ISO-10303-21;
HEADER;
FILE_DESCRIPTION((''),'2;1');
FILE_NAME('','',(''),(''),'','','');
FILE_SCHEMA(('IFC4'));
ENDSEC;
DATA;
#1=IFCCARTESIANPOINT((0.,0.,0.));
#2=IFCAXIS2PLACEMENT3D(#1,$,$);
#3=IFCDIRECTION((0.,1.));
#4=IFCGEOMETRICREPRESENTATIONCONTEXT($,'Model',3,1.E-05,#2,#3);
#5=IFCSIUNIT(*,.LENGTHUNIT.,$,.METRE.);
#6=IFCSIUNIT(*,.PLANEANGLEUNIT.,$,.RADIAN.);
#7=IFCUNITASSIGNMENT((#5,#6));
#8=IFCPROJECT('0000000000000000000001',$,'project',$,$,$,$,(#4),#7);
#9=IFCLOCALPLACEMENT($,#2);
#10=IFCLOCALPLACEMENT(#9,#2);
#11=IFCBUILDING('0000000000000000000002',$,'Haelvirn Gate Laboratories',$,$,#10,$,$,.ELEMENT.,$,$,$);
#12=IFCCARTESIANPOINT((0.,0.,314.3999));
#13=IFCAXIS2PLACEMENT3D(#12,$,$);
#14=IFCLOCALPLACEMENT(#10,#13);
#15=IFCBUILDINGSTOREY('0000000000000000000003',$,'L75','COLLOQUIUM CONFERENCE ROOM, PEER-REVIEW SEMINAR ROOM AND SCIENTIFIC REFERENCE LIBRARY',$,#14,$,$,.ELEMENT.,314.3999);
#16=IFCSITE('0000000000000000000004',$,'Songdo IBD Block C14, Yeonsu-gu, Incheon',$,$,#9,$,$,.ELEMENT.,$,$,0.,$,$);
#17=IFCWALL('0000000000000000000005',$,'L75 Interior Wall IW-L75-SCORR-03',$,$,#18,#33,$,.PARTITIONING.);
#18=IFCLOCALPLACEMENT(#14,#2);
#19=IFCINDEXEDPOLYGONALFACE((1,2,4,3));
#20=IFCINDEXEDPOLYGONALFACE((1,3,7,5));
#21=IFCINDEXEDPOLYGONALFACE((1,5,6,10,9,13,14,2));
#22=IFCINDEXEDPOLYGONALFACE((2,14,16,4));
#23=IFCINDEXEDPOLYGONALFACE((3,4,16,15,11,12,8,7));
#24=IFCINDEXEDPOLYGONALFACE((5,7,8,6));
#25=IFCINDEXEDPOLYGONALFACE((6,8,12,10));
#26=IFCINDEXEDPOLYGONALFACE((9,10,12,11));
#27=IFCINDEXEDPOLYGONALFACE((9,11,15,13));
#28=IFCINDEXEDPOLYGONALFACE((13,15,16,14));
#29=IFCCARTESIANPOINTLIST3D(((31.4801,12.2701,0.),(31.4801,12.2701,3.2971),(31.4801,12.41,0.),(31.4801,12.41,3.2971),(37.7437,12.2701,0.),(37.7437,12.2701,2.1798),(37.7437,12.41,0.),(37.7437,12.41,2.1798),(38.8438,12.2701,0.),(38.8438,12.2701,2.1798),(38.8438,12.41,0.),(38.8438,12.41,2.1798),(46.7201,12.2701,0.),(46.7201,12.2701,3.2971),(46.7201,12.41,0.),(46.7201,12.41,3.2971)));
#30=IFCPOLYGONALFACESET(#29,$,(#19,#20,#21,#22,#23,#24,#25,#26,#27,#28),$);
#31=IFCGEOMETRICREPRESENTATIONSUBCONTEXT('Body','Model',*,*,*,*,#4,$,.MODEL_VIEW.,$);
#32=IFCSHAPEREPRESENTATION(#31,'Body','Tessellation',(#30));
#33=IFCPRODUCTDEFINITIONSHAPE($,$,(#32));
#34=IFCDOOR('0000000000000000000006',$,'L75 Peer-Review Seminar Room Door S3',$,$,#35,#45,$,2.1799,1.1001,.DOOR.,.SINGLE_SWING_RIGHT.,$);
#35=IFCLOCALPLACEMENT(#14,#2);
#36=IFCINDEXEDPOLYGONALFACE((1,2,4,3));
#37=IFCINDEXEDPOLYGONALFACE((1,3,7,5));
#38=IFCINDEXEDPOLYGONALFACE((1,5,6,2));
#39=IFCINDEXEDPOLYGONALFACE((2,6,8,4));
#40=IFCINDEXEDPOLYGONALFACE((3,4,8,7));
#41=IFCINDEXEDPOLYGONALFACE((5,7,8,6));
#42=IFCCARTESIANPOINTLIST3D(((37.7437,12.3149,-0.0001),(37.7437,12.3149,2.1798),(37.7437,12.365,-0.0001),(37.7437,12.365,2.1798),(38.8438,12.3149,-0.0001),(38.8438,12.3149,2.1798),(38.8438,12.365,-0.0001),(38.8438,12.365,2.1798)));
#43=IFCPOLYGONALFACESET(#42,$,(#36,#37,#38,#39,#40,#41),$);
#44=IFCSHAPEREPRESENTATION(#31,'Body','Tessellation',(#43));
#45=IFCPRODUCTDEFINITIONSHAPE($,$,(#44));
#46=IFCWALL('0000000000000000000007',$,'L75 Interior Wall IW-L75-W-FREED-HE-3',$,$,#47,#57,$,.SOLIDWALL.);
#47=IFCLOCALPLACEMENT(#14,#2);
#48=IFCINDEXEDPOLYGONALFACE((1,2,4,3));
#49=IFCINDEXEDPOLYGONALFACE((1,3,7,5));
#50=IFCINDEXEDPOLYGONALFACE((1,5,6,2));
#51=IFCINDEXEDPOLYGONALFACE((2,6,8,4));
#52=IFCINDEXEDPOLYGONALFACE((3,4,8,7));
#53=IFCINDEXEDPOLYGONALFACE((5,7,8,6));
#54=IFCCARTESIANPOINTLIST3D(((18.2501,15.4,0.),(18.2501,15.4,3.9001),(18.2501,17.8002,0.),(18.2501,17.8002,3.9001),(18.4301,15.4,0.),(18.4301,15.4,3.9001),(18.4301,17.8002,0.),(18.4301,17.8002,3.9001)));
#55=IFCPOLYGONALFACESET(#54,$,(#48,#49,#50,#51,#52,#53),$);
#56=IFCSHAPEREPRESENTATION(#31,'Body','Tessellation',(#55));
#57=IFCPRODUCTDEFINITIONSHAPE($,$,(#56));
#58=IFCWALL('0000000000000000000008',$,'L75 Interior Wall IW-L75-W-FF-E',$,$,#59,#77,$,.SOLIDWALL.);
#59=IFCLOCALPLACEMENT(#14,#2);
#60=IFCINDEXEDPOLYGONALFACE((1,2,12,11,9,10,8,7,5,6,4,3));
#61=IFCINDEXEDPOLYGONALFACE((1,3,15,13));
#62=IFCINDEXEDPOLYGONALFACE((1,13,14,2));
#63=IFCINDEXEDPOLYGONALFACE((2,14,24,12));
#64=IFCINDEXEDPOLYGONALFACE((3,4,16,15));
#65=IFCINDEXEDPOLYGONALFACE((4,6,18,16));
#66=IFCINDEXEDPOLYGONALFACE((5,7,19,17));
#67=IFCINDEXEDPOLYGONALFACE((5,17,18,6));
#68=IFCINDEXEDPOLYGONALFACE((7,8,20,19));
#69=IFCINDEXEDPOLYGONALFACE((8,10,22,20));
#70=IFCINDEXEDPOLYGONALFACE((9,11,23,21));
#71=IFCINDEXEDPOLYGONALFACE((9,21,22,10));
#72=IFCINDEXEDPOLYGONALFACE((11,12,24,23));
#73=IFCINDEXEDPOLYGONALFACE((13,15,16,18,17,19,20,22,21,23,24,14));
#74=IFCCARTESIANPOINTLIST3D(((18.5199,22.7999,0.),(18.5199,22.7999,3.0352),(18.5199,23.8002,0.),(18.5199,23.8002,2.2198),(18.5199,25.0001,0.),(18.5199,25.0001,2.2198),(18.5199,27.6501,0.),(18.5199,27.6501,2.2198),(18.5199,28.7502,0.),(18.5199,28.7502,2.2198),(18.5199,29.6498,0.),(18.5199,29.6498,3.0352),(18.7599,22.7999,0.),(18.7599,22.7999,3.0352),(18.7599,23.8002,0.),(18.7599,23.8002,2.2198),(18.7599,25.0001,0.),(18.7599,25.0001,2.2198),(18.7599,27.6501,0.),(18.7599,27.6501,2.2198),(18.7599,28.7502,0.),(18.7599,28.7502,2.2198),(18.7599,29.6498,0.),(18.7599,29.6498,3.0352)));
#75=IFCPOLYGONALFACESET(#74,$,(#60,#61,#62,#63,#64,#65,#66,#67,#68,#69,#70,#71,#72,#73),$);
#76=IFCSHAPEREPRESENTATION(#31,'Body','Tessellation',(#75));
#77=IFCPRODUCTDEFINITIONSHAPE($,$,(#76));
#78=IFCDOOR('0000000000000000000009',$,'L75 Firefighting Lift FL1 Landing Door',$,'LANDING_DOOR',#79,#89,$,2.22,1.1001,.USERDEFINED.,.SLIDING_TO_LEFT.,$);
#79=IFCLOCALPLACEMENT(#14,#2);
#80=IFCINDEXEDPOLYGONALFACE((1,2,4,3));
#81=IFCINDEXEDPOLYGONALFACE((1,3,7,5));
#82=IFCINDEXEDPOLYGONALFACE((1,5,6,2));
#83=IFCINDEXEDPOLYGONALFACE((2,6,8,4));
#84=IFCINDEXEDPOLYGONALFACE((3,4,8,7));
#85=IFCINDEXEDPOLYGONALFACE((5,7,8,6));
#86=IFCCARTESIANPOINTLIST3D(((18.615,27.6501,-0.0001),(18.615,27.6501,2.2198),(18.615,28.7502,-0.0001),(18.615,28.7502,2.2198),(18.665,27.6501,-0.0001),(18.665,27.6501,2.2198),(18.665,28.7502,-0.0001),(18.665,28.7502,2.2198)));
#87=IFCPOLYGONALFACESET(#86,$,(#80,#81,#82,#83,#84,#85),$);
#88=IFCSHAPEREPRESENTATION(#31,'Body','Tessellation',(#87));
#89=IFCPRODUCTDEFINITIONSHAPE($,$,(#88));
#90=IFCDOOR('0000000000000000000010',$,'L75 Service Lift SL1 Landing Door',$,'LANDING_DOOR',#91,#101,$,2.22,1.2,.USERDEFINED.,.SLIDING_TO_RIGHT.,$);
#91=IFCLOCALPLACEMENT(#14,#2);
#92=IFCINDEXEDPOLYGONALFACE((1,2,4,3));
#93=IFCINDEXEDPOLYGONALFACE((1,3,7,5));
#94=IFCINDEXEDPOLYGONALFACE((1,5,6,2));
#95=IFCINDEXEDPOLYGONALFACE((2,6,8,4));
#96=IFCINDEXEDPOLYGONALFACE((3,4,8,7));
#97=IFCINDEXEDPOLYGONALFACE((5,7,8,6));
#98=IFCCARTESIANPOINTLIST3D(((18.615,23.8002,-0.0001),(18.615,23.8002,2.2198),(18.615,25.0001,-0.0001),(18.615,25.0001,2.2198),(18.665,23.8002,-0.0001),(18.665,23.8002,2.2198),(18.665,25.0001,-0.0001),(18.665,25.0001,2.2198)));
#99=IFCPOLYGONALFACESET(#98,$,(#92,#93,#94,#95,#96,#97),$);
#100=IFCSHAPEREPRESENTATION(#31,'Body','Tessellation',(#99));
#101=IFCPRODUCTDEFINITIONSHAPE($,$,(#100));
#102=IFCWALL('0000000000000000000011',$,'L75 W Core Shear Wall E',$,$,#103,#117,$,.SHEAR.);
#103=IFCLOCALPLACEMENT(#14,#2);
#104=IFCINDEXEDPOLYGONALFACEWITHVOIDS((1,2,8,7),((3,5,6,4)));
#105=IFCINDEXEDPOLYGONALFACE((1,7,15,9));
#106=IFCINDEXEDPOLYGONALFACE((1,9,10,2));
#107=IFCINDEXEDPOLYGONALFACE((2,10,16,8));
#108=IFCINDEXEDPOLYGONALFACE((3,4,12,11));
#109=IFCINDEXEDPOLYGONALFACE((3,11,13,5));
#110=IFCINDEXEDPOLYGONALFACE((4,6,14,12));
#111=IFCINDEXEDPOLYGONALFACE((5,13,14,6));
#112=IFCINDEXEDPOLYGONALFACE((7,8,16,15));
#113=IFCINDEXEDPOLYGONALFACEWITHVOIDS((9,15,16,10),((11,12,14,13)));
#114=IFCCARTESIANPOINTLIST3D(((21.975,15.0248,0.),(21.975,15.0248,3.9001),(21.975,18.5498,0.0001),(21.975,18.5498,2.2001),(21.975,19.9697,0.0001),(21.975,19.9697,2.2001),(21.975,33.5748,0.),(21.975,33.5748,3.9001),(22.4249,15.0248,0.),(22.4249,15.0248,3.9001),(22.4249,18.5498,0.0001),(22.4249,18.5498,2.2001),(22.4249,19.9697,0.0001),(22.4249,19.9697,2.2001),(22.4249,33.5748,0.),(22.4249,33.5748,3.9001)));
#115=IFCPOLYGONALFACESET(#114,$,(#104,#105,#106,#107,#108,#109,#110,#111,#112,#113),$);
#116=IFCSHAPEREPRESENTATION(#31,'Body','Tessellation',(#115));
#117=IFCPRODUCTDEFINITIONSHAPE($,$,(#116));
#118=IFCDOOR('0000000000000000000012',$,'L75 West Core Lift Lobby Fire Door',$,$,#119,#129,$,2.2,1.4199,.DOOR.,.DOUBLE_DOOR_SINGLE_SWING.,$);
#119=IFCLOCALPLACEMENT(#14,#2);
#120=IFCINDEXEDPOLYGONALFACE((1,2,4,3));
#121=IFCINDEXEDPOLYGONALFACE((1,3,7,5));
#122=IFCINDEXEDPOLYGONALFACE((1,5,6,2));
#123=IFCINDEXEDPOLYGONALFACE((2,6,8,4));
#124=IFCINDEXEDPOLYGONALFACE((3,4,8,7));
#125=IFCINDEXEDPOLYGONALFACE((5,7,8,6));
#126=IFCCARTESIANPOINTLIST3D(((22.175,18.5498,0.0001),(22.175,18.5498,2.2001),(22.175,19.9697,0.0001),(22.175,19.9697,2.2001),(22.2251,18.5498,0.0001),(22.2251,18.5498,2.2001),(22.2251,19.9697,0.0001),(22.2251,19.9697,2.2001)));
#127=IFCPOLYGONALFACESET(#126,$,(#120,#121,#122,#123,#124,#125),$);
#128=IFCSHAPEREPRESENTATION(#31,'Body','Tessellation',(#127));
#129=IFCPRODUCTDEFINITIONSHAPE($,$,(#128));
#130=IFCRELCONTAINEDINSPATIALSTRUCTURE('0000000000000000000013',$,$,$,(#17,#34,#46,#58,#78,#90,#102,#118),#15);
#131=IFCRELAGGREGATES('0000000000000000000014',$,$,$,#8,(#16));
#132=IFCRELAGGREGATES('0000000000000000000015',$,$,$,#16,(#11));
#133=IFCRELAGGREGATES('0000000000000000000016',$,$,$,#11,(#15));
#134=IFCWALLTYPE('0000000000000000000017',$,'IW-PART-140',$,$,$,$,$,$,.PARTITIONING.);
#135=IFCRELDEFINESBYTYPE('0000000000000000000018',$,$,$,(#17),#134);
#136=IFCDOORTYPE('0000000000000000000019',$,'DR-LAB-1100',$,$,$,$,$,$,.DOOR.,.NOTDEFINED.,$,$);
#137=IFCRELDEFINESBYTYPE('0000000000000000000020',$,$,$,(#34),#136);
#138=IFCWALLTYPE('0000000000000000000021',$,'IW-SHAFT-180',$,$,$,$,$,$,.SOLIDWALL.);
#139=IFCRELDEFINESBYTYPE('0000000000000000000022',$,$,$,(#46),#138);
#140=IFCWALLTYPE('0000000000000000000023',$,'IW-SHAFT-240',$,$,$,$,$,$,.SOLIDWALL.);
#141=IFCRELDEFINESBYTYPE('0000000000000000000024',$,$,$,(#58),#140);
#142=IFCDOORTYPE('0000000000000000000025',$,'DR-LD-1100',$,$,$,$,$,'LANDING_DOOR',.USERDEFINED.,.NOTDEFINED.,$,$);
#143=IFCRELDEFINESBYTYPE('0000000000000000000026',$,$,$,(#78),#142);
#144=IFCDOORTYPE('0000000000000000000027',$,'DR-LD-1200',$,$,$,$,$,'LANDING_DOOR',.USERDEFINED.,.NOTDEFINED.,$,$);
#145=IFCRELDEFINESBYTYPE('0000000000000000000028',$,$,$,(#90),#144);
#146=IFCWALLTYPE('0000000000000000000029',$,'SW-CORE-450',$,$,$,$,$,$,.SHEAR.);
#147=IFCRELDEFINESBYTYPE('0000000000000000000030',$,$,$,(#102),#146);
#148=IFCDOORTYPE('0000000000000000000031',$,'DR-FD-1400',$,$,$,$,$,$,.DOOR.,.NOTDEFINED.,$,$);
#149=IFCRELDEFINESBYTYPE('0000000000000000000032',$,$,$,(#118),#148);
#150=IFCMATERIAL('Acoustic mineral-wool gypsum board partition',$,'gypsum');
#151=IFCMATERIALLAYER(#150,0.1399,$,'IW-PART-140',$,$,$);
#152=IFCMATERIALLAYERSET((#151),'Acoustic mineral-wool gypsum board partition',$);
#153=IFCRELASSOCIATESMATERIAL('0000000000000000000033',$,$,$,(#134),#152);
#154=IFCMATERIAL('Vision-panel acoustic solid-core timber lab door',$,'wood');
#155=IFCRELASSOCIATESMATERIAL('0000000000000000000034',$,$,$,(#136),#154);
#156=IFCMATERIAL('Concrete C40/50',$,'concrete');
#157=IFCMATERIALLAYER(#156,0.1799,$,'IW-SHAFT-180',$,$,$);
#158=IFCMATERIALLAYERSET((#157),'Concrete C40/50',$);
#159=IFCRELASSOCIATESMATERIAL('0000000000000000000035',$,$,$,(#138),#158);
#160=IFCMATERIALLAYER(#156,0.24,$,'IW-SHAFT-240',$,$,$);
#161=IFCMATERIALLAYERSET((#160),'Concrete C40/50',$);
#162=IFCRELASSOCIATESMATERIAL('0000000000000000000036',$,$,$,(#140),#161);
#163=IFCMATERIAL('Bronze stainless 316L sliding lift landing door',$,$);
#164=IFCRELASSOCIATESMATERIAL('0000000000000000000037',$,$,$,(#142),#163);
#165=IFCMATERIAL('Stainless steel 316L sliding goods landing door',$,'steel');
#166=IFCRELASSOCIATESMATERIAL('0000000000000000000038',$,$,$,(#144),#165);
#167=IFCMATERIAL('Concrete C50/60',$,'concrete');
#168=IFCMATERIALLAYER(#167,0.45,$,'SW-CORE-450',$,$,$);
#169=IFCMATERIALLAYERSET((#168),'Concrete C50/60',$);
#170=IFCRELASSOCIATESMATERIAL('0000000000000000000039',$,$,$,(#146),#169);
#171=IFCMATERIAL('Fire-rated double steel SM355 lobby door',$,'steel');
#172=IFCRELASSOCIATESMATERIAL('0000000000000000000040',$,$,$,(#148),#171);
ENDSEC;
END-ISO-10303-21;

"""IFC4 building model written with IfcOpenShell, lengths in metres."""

from ifc_helpers import new_model, si_unit, direction, frame, frame_2d, origin, place, context, subcontext, project, spatial, rectangle, extrude, source, transform, mapped, material, layer, layer_set, type_object, type_shapes, element, fill, save


model = new_model("IFC4")

# Units and contexts
model_context = context("Model", 3, precision=1e-05, world=origin(), true_north=direction((0.0, 1.0)))
body_context = subcontext(model_context, "Body", "Model", "MODEL_VIEW")
ifc_project = project(units=[si_unit("LENGTHUNIT", "METRE"), si_unit("PLANEANGLEUNIT", "RADIAN")], contexts=[model_context])

# Site, building, storey
site_placement = place(None, origin())
site = spatial("IfcSite", under=ifc_project, at=site_placement, Name="Songdo IBD Block C14, Yeonsu-gu, Incheon", CompositionType="ELEMENT", RefElevation=0.0)
building_placement = place(site_placement, origin())
building = spatial("IfcBuilding", under=site, at=building_placement, Name="Haelvirn Gate Laboratories", CompositionType="ELEMENT")
storey_placement = place(building_placement, frame((0.0, 0.0, 314.3999)))
storey = spatial("IfcBuildingStorey", under=building, at=storey_placement, Name="L75", Description="COLLOQUIUM CONFERENCE ROOM, PEER-REVIEW SEMINAR ROOM AND SCIENTIFIC REFERENCE LIBRARY", CompositionType="ELEMENT", Elevation=314.3999)

# Shared definitions
ifc_material_1 = material(Name="Concrete C50/60", Category="concrete")

# Wall, opening, door
ifc_material_2 = material(Name="Acoustic mineral-wool gypsum board partition", Category="gypsum")
ifc_layer_1 = layer(ifc_material_2, 0.1399, Name="IW-PART-140")
ifc_layer_set_1 = layer_set([ifc_layer_1], Name="Acoustic mineral-wool gypsum board partition")
wall_type_1 = type_object("IfcWallType", Name="IW-PART-140", PredefinedType="PARTITIONING", material=ifc_layer_set_1)
ifc_material_3 = material(Name="Vision-panel acoustic solid-core timber lab door", Category="wood")
door_type_1 = type_object("IfcDoorType", Name="DR-LAB-1100", OperationType="NOTDEFINED", PredefinedType="DOOR", material=ifc_material_3)
shared_shape_1 = source(origin(), body_context, "Body", "SweptSolid", [
    extrude(rectangle(XDim=1.1001, YDim=2.1799, at=frame_2d((0.55, 1.0898))), frame((0.0, 0.0249, 0.0), z_axis=(0.0, -1.0, 0.0), x_axis=(1.0, 0.0, 0.0)), (0.0, 0.0, 1.0), 0.05),
])
type_shapes(door_type_1, [shared_shape_1])
wall_1_placement = place(storey_placement, frame((31.48, 12.3401, 0.0), z_axis=(0.0, 0.0, 1.0), x_axis=(1.0, 0.0, 0.0)))
wall_1 = element("IfcWall", 1, at=wall_1_placement, inside=storey, type_object=wall_type_1, Name="L75 Interior Wall IW-L75-SCORR-03", PredefinedType="PARTITIONING", context=body_context, shape_type="SweptSolid", body=[
    extrude(rectangle(XDim=15.24, YDim=0.1399, at=frame_2d((7.6201, 0.0))), origin(), (0.0, 0.0, 1.0), 3.2971),
])
opening_1_placement = place(wall_1_placement, frame((6.2637, 0.0, 0.0)))
opening_1 = element("IfcOpeningElement", 2, at=opening_1_placement, cuts=wall_1, PredefinedType="OPENING", context=body_context, shape_type="SweptSolid", body=[
    extrude(rectangle(XDim=1.1001, YDim=2.1799, at=frame_2d((0.55, 1.0898))), frame((0.0, 0.0801, 0.0), z_axis=(0.0, -1.0, 0.0), x_axis=(1.0, 0.0, 0.0)), (0.0, 0.0, 1.0), 0.1599),
])
door_1_placement = place(opening_1_placement, origin())
door_1 = element("IfcDoor", 3, at=door_1_placement, inside=storey, type_object=door_type_1, Name="L75 Peer-Review Seminar Room Door S3", OperationType="SINGLE_SWING_RIGHT", OverallHeight=2.1799, OverallWidth=1.1001, PredefinedType="DOOR", context=body_context, shape_type="MappedRepresentation", body=[
    mapped(shared_shape_1, transform((0.0, 0.0, 0.0), scale=1.0)),
])
fill(opening_1, door_1)

# Wall
ifc_material_4 = material(Name="Concrete C40/50", Category="concrete")
ifc_layer_2 = layer(ifc_material_4, 0.1799, Name="IW-SHAFT-180")
ifc_layer_set_2 = layer_set([ifc_layer_2], Name="Concrete C40/50")
wall_type_2 = type_object("IfcWallType", Name="IW-SHAFT-180", PredefinedType="SOLIDWALL", material=ifc_layer_set_2)
wall_2_placement = place(storey_placement, frame((18.3401, 15.3999, 0.0), z_axis=(0.0, 0.0, 1.0), x_axis=(0.0, 1.0, 0.0)))
element("IfcWall", 4, at=wall_2_placement, inside=storey, type_object=wall_type_2, Name="L75 Interior Wall IW-L75-W-FREED-HE-3", PredefinedType="SOLIDWALL", context=body_context, shape_type="SweptSolid", body=[
    extrude(rectangle(XDim=2.4001, YDim=0.1799, at=frame_2d((1.2002, 0.0))), origin(), (0.0, 0.0, 1.0), 3.9001),
])

# Wall, openings, doors
ifc_layer_3 = layer(ifc_material_4, 0.24, Name="IW-SHAFT-240")
ifc_layer_set_3 = layer_set([ifc_layer_3], Name="Concrete C40/50")
wall_type_3 = type_object("IfcWallType", Name="IW-SHAFT-240", PredefinedType="SOLIDWALL", material=ifc_layer_set_3)
wall_3_placement = place(storey_placement, frame((18.6399, 22.8, 0.0), z_axis=(0.0, 0.0, 1.0), x_axis=(0.0, 1.0, 0.0)))
wall_3 = element("IfcWall", 5, at=wall_3_placement, inside=storey, type_object=wall_type_3, Name="L75 Interior Wall IW-L75-W-FF-E", PredefinedType="SOLIDWALL", context=body_context, shape_type="SweptSolid", body=[
    extrude(rectangle(XDim=6.8499, YDim=0.24, at=frame_2d((3.4248, 0.0))), origin(), (0.0, 0.0, 1.0), 3.0352),
])
opening_2_placement = place(wall_3_placement, frame((4.8501, 0.0, 0.0)))
opening_2 = element("IfcOpeningElement", 6, at=opening_2_placement, cuts=wall_3, PredefinedType="OPENING", context=body_context, shape_type="SweptSolid", body=[
    extrude(rectangle(XDim=1.1001, YDim=2.22, at=frame_2d((0.55, 1.1099))), frame((0.0, 0.1299, 0.0), z_axis=(0.0, -1.0, 0.0), x_axis=(1.0, 0.0, 0.0)), (0.0, 0.0, 1.0), 0.26),
])
opening_3_placement = place(wall_3_placement, frame((1.0, 0.0, 0.0)))
opening_3 = element("IfcOpeningElement", 7, at=opening_3_placement, cuts=wall_3, PredefinedType="OPENING", context=body_context, shape_type="SweptSolid", body=[
    extrude(rectangle(XDim=1.2, YDim=2.22, at=frame_2d((0.6001, 1.1099))), frame((0.0, 0.1299, 0.0), z_axis=(0.0, -1.0, 0.0), x_axis=(1.0, 0.0, 0.0)), (0.0, 0.0, 1.0), 0.26),
])
ifc_material_5 = material(Name="Bronze stainless 316L sliding lift landing door")
door_type_2 = type_object("IfcDoorType", Name="DR-LD-1100", ElementType="LANDING_DOOR", OperationType="NOTDEFINED", PredefinedType="USERDEFINED", material=ifc_material_5)
shared_shape_2 = source(origin(), body_context, "Body", "SweptSolid", [
    extrude(rectangle(XDim=1.1001, YDim=2.22, at=frame_2d((0.55, 1.1099))), frame((0.0, 0.0249, 0.0), z_axis=(0.0, -1.0, 0.0), x_axis=(1.0, 0.0, 0.0)), (0.0, 0.0, 1.0), 0.05),
])
type_shapes(door_type_2, [shared_shape_2])
door_2_placement = place(opening_2_placement, origin())
door_2 = element("IfcDoor", 8, at=door_2_placement, inside=storey, type_object=door_type_2, Name="L75 Firefighting Lift FL1 Landing Door", ObjectType="LANDING_DOOR", OperationType="SLIDING_TO_LEFT", OverallHeight=2.22, OverallWidth=1.1001, PredefinedType="USERDEFINED", context=body_context, shape_type="MappedRepresentation", body=[
    mapped(shared_shape_2, transform((0.0, 0.0, 0.0), scale=1.0)),
])
fill(opening_2, door_2)
ifc_material_6 = material(Name="Stainless steel 316L sliding goods landing door", Category="steel")
door_type_3 = type_object("IfcDoorType", Name="DR-LD-1200", ElementType="LANDING_DOOR", OperationType="NOTDEFINED", PredefinedType="USERDEFINED", material=ifc_material_6)
shared_shape_3 = source(origin(), body_context, "Body", "SweptSolid", [
    extrude(rectangle(XDim=1.2, YDim=2.22, at=frame_2d((0.6001, 1.1099))), frame((0.0, 0.0249, 0.0), z_axis=(0.0, -1.0, 0.0), x_axis=(1.0, 0.0, 0.0)), (0.0, 0.0, 1.0), 0.05),
])
type_shapes(door_type_3, [shared_shape_3])
door_3_placement = place(opening_3_placement, origin())
door_3 = element("IfcDoor", 9, at=door_3_placement, inside=storey, type_object=door_type_3, Name="L75 Service Lift SL1 Landing Door", ObjectType="LANDING_DOOR", OperationType="SLIDING_TO_RIGHT", OverallHeight=2.22, OverallWidth=1.2, PredefinedType="USERDEFINED", context=body_context, shape_type="MappedRepresentation", body=[
    mapped(shared_shape_3, transform((0.0, 0.0, 0.0), scale=1.0)),
])
fill(opening_3, door_3)

# Wall, opening, door
ifc_layer_4 = layer(ifc_material_1, 0.45, Name="SW-CORE-450")
ifc_layer_set_4 = layer_set([ifc_layer_4], Name="Concrete C50/60")
wall_type_4 = type_object("IfcWallType", Name="SW-CORE-450", PredefinedType="SHEAR", material=ifc_layer_set_4)
wall_4_placement = place(storey_placement, frame((22.2, 15.0249, 0.0), z_axis=(0.0, 0.0, 1.0), x_axis=(0.0, 1.0, 0.0)))
wall_4 = element("IfcWall", 10, at=wall_4_placement, inside=storey, type_object=wall_type_4, Name="L75 W Core Shear Wall E", PredefinedType="SHEAR", context=body_context, shape_type="SweptSolid", body=[
    extrude(rectangle(XDim=18.55, YDim=0.45, at=frame_2d((9.2749, 0.0))), origin(), (0.0, 0.0, 1.0), 3.9001),
])
opening_4_placement = place(wall_4_placement, frame((3.5249, 0.0, 0.0)))
opening_4 = element("IfcOpeningElement", 11, at=opening_4_placement, cuts=wall_4, PredefinedType="OPENING", context=body_context, shape_type="SweptSolid", body=[
    extrude(rectangle(XDim=1.4199, YDim=2.2, at=frame_2d((0.71, 1.1001))), frame((0.0, 0.2349, 0.0), z_axis=(0.0, -1.0, 0.0), x_axis=(1.0, 0.0, 0.0)), (0.0, 0.0, 1.0), 0.47),
])
ifc_material_7 = material(Name="Fire-rated double steel SM355 lobby door", Category="steel")
door_type_4 = type_object("IfcDoorType", Name="DR-FD-1400", OperationType="NOTDEFINED", PredefinedType="DOOR", material=ifc_material_7)
shared_shape_4 = source(origin(), body_context, "Body", "SweptSolid", [
    extrude(rectangle(XDim=1.4199, YDim=2.2, at=frame_2d((0.71, 1.1001))), frame((0.0, 0.0249, 0.0), z_axis=(0.0, -1.0, 0.0), x_axis=(1.0, 0.0, 0.0)), (0.0, 0.0, 1.0), 0.05),
])
type_shapes(door_type_4, [shared_shape_4])
door_4_placement = place(opening_4_placement, origin())
door_4 = element("IfcDoor", 12, at=door_4_placement, inside=storey, type_object=door_type_4, Name="L75 West Core Lift Lobby Fire Door", OperationType="DOUBLE_DOOR_SINGLE_SWING", OverallHeight=2.2, OverallWidth=1.4199, PredefinedType="DOOR", context=body_context, shape_type="MappedRepresentation", body=[
    mapped(shared_shape_4, transform((0.0, 0.0, 0.0), scale=1.0)),
])
fill(opening_4, door_4)

save(model, "model.ifc")
